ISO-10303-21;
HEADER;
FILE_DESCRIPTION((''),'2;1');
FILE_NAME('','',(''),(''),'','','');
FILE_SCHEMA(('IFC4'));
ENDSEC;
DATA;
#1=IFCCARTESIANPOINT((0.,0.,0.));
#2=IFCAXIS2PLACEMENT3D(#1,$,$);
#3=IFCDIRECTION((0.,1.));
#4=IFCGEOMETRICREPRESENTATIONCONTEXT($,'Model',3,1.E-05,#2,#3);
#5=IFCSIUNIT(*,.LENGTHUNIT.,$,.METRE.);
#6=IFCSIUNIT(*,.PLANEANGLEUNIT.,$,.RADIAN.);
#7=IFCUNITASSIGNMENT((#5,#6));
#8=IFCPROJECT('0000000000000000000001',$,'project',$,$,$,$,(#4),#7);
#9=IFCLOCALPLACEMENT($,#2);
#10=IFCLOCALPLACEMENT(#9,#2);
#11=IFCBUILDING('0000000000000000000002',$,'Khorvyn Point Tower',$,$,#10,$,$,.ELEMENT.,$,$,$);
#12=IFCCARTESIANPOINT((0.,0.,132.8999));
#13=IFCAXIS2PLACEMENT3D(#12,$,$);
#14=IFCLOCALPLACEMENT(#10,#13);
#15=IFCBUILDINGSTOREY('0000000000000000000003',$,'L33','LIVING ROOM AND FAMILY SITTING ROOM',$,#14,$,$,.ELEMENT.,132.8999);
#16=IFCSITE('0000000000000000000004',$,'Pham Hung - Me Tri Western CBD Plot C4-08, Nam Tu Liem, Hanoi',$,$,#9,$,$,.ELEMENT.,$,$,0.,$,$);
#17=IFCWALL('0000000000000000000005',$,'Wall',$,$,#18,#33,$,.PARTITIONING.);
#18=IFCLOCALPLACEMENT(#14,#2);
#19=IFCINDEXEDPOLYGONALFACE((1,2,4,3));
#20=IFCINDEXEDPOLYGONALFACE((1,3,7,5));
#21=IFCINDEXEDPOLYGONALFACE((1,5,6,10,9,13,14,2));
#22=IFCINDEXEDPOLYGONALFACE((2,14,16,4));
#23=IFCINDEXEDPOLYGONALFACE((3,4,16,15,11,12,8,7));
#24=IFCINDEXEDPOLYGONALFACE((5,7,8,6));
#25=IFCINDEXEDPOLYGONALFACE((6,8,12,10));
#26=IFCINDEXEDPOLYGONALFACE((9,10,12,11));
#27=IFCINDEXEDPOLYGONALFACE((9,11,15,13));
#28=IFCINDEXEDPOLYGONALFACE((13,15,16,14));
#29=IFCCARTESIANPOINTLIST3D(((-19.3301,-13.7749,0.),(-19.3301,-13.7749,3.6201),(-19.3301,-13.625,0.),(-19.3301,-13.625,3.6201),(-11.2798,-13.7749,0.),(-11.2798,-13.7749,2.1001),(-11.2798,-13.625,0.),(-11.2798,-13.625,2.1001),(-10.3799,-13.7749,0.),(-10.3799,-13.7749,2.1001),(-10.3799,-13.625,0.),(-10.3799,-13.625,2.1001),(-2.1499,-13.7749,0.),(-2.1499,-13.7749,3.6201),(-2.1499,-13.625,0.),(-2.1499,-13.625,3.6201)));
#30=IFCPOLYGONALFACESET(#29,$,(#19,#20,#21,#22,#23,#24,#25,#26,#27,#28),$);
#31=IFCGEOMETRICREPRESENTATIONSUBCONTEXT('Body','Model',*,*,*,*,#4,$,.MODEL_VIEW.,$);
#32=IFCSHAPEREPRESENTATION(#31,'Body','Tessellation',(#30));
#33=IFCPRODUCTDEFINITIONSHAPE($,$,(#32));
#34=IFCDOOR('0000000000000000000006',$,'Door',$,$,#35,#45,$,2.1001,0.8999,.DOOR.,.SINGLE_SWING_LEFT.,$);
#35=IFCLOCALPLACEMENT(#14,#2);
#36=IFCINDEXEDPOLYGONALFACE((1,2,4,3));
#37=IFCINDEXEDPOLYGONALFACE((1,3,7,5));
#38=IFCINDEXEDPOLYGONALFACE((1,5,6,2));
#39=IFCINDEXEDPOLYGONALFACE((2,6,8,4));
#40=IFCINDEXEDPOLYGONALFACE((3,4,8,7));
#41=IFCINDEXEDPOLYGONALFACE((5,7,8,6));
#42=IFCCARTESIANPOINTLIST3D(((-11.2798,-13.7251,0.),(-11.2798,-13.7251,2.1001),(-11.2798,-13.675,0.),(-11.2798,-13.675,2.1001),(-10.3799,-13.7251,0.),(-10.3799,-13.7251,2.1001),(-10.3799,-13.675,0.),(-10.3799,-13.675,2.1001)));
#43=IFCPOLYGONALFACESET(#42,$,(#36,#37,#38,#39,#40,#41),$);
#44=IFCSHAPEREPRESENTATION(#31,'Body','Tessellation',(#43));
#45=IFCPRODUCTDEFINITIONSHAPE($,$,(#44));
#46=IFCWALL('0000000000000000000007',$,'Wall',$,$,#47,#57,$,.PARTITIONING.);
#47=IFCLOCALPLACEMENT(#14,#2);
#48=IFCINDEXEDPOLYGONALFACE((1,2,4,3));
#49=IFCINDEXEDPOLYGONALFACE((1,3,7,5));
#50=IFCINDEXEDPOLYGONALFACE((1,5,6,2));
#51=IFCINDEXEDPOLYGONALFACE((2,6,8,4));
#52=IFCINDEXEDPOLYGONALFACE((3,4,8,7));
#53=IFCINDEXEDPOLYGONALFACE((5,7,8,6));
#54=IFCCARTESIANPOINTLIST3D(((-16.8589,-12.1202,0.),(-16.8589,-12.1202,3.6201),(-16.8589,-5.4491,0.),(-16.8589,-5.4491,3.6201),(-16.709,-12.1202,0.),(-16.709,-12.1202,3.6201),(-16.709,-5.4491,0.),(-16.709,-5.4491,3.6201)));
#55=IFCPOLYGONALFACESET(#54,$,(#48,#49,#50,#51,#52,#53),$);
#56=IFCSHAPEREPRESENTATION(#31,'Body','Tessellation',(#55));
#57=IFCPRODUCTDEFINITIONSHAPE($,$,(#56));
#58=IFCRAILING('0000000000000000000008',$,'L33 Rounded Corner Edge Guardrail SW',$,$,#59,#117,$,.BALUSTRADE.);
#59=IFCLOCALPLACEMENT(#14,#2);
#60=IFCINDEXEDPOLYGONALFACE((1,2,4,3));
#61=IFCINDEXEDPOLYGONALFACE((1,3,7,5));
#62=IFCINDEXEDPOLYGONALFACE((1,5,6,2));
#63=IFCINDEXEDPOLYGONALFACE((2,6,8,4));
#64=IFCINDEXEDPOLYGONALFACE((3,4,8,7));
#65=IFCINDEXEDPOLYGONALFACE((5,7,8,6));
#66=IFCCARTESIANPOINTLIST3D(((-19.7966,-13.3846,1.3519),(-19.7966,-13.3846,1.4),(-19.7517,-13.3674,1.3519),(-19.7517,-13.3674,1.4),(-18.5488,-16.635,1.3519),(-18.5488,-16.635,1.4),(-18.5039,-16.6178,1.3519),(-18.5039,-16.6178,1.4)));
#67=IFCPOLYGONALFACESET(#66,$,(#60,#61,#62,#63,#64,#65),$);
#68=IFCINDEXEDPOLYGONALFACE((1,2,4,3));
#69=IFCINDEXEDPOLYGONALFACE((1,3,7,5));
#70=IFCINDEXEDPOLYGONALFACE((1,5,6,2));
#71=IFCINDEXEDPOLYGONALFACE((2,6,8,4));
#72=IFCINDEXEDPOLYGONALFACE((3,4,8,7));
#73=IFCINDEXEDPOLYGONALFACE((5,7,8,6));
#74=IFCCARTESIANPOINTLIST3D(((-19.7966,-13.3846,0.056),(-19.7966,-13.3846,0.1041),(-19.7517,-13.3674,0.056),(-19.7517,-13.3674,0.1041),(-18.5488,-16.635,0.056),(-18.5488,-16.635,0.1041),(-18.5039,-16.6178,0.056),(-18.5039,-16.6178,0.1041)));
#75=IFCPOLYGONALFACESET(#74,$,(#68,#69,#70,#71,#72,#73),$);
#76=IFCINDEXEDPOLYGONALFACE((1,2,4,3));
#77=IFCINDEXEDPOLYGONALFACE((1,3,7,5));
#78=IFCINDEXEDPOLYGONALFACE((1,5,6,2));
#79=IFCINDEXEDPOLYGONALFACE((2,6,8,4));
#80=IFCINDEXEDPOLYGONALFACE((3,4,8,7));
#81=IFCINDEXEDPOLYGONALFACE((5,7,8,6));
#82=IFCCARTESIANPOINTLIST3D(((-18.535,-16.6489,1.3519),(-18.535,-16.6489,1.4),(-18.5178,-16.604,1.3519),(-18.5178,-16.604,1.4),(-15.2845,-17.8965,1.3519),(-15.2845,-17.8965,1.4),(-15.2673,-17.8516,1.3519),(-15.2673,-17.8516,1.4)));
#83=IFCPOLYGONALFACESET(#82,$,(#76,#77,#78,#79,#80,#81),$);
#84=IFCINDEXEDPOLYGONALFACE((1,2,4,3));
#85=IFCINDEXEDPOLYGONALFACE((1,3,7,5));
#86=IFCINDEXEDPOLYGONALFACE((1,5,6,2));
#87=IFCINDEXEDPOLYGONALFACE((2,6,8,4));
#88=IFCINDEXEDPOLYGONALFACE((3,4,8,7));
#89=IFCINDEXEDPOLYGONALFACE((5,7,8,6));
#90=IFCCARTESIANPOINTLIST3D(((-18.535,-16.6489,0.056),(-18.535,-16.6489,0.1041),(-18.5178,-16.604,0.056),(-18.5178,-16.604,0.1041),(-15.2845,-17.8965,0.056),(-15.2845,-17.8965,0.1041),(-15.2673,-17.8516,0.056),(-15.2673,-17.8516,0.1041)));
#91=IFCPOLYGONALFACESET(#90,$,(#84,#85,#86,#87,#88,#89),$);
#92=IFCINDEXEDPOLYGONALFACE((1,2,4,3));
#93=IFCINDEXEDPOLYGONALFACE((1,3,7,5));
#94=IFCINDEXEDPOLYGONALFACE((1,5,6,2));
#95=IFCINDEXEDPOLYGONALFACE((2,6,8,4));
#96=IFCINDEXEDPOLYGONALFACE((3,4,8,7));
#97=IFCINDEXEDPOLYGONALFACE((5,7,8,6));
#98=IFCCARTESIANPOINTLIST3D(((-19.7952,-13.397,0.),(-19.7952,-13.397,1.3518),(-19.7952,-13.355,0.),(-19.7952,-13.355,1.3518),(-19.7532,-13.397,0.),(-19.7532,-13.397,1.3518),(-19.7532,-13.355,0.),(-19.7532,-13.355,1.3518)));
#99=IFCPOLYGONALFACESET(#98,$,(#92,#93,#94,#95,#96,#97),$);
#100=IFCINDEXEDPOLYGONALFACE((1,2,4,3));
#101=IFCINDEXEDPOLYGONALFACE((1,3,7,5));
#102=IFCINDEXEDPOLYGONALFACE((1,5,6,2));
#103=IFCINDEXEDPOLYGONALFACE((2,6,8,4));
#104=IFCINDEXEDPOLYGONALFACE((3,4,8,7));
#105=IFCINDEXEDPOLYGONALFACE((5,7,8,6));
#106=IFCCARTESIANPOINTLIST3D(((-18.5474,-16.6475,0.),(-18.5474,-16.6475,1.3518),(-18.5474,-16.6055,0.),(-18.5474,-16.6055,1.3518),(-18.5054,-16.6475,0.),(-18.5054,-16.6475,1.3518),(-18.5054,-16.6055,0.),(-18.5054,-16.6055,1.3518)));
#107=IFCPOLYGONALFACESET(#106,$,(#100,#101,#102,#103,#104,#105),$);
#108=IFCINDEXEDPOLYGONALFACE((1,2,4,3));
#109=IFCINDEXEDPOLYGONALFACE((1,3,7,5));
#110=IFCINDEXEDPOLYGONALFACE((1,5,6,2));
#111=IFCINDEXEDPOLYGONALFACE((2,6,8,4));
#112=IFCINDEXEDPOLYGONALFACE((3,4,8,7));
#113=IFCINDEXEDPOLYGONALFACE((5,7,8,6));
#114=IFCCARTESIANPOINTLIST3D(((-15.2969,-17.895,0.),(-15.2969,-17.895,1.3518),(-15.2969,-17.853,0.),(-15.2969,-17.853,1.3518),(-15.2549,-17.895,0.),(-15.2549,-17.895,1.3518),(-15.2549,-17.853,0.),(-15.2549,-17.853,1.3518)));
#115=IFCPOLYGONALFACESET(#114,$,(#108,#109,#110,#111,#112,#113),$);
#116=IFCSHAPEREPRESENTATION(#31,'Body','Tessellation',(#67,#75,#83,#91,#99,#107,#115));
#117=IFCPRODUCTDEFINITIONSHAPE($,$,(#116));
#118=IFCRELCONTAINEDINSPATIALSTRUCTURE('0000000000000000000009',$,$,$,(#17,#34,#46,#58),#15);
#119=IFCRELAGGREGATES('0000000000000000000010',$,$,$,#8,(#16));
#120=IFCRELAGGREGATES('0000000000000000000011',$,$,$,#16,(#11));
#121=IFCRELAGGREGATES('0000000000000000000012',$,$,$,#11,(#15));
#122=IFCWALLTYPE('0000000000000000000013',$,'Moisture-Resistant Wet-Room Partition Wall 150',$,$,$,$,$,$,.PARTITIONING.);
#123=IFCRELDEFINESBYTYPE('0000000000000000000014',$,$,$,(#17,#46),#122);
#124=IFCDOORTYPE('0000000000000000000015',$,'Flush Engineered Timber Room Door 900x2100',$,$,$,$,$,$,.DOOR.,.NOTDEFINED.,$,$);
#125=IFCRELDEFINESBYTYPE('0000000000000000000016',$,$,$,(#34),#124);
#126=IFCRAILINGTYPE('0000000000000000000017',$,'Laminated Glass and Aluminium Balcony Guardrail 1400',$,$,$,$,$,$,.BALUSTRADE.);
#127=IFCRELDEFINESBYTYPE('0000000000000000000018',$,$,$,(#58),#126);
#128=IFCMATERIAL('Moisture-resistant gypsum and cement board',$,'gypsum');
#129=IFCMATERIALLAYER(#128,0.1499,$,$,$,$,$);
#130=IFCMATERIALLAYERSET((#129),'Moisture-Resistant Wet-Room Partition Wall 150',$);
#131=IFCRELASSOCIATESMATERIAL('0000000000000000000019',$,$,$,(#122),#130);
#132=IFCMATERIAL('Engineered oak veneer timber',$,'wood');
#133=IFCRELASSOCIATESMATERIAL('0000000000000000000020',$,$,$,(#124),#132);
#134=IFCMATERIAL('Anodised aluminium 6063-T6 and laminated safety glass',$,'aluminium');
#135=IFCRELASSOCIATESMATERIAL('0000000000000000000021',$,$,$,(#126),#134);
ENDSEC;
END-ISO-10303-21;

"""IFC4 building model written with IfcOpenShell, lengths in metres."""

from ifc_helpers import new_model, si_unit, direction, frame, frame_2d, origin, origin_2d, place, context, subcontext, project, spatial, rectangle, extrude, material, layer, layer_set, type_object, element, fill, save


model = new_model("IFC4")

# Units and contexts
model_context = context("Model", 3, precision=1e-05, world=origin(), true_north=direction((0.0, 1.0)))
body_context = subcontext(model_context, "Body", "Model", "MODEL_VIEW")
ifc_project = project(units=[si_unit("LENGTHUNIT", "METRE"), si_unit("PLANEANGLEUNIT", "RADIAN")], contexts=[model_context])

# Site, building, storey
site_placement = place(None, origin())
site = spatial("IfcSite", under=ifc_project, at=site_placement, Name="Pham Hung - Me Tri Western CBD Plot C4-08, Nam Tu Liem, Hanoi", CompositionType="ELEMENT", RefElevation=0.0)
building_placement = place(site_placement, origin())
building = spatial("IfcBuilding", under=site, at=building_placement, Name="Khorvyn Point Tower", CompositionType="ELEMENT")
storey_placement = place(building_placement, frame((0.0, 0.0, 132.8999)))
storey = spatial("IfcBuildingStorey", under=building, at=storey_placement, Name="L33", Description="LIVING ROOM AND FAMILY SITTING ROOM", CompositionType="ELEMENT", Elevation=132.8999)

# Wall, opening, door
ifc_material_1 = material(Name="Moisture-resistant gypsum and cement board", Category="gypsum")
ifc_layer_1 = layer(ifc_material_1, 0.1499)
ifc_layer_set_1 = layer_set([ifc_layer_1], Name="Moisture-Resistant Wet-Room Partition Wall 150")
wall_type_1 = type_object("IfcWallType", Name="Moisture-Resistant Wet-Room Partition Wall 150", PredefinedType="PARTITIONING", material=ifc_layer_set_1)
wall_1_placement = place(storey_placement, frame((-19.3301, -13.7, 0.0), z_axis=(0.0, 0.0, 1.0), x_axis=(1.0, 0.0, 0.0)))
wall_1 = element("IfcWall", 1, at=wall_1_placement, inside=storey, type_object=wall_type_1, Name="Wall", PredefinedType="PARTITIONING", context=body_context, shape_type="SweptSolid", body=[
    extrude(rectangle(XDim=17.1802, YDim=0.1499, at=frame_2d((8.5901, 0.0))), origin(), (0.0, 0.0, 1.0), 3.6201),
])
opening_1_placement = place(wall_1_placement, frame((8.0503, 0.0, 0.0)))
opening_1 = element("IfcOpeningElement", 2, at=opening_1_placement, cuts=wall_1, PredefinedType="OPENING", context=body_context, shape_type="SweptSolid", body=[
    extrude(rectangle(XDim=0.8999, YDim=2.1001, at=frame_2d((0.45, 1.05))), frame((0.0, 0.085, 0.0), z_axis=(0.0, -1.0, 0.0), x_axis=(1.0, 0.0, 0.0)), (0.0, 0.0, 1.0), 0.1699),
])
ifc_material_2 = material(Name="Engineered oak veneer timber", Category="wood")
door_type_1 = type_object("IfcDoorType", Name="Flush Engineered Timber Room Door 900x2100", OperationType="NOTDEFINED", PredefinedType="DOOR", material=ifc_material_2)
door_1_placement = place(opening_1_placement, origin())
door_1 = element("IfcDoor", 3, at=door_1_placement, inside=storey, type_object=door_type_1, Name="Door", OperationType="SINGLE_SWING_LEFT", OverallHeight=2.1001, OverallWidth=0.8999, PredefinedType="DOOR", context=body_context, shape_type="SweptSolid", body=[
    extrude(rectangle(XDim=0.8999, YDim=2.1001, at=frame_2d((0.45, 1.05))), frame((0.0, 0.0249, 0.0), z_axis=(0.0, -1.0, 0.0), x_axis=(1.0, 0.0, 0.0)), (0.0, 0.0, 1.0), 0.05),
])
fill(opening_1, door_1)

# Wall
wall_2_placement = place(storey_placement, frame((-16.7839, -12.1201, 0.0), z_axis=(0.0, 0.0, 1.0), x_axis=(0.0, 1.0, 0.0)))
element("IfcWall", 4, at=wall_2_placement, inside=storey, type_object=wall_type_1, Name="Wall", PredefinedType="PARTITIONING", context=body_context, shape_type="SweptSolid", body=[
    extrude(rectangle(XDim=6.6711, YDim=0.1499, at=frame_2d((3.3354, 0.0))), origin(), (0.0, 0.0, 1.0), 3.6201),
])

# Railing
ifc_material_3 = material(Name="Anodised aluminium 6063-T6 and laminated safety glass", Category="aluminium")
railing_type = type_object("IfcRailingType", Name="Laminated Glass and Aluminium Balcony Guardrail 1400", PredefinedType="BALUSTRADE", material=ifc_material_3)
railing_1_placement = place(storey_placement, frame((-19.7742, -13.376, 0.0)))
element("IfcRailing", 5, at=railing_1_placement, inside=storey, type_object=railing_type, Name="L33 Rounded Corner Edge Guardrail SW", PredefinedType="BALUSTRADE", context=body_context, shape_type="SweptSolid", body=[
    extrude(rectangle(XDim=0.0481, YDim=0.0481, at=origin_2d()), frame((0.0, 0.0, 1.376), z_axis=(0.358382, -0.933575, 0.0), x_axis=(0.933575, 0.358382, 0.0)), (0.0, 0.0, 1.0), 3.4817),
    extrude(rectangle(XDim=0.0481, YDim=0.0481, at=origin_2d()), frame((0.0, 0.0, 0.0801), z_axis=(0.358382, -0.933575, 0.0), x_axis=(0.933575, 0.358382, 0.0)), (0.0, 0.0, 1.0), 3.4817),
    extrude(rectangle(XDim=0.0481, YDim=0.0481, at=origin_2d()), frame((1.2478, -3.2505, 1.376), z_axis=(0.933598, -0.358321, 0.0), x_axis=(0.358321, 0.933598, 0.0)), (0.0, 0.0, 1.0), 3.4817),
    extrude(rectangle(XDim=0.0481, YDim=0.0481, at=origin_2d()), frame((1.2478, -3.2505, 0.0801), z_axis=(0.933598, -0.358321, 0.0), x_axis=(0.358321, 0.933598, 0.0)), (0.0, 0.0, 1.0), 3.4817),
    extrude(rectangle(XDim=0.042, YDim=0.042, at=origin_2d()), origin(), (0.0, 0.0, 1.0), 1.3518),
    extrude(rectangle(XDim=0.042, YDim=0.042, at=origin_2d()), frame((1.2478, -3.2505, 0.0)), (0.0, 0.0, 1.0), 1.3518),
    extrude(rectangle(XDim=0.042, YDim=0.042, at=origin_2d()), frame((4.4983, -4.498, 0.0)), (0.0, 0.0, 1.0), 1.3518),
])

save(model, "model.ifc")
